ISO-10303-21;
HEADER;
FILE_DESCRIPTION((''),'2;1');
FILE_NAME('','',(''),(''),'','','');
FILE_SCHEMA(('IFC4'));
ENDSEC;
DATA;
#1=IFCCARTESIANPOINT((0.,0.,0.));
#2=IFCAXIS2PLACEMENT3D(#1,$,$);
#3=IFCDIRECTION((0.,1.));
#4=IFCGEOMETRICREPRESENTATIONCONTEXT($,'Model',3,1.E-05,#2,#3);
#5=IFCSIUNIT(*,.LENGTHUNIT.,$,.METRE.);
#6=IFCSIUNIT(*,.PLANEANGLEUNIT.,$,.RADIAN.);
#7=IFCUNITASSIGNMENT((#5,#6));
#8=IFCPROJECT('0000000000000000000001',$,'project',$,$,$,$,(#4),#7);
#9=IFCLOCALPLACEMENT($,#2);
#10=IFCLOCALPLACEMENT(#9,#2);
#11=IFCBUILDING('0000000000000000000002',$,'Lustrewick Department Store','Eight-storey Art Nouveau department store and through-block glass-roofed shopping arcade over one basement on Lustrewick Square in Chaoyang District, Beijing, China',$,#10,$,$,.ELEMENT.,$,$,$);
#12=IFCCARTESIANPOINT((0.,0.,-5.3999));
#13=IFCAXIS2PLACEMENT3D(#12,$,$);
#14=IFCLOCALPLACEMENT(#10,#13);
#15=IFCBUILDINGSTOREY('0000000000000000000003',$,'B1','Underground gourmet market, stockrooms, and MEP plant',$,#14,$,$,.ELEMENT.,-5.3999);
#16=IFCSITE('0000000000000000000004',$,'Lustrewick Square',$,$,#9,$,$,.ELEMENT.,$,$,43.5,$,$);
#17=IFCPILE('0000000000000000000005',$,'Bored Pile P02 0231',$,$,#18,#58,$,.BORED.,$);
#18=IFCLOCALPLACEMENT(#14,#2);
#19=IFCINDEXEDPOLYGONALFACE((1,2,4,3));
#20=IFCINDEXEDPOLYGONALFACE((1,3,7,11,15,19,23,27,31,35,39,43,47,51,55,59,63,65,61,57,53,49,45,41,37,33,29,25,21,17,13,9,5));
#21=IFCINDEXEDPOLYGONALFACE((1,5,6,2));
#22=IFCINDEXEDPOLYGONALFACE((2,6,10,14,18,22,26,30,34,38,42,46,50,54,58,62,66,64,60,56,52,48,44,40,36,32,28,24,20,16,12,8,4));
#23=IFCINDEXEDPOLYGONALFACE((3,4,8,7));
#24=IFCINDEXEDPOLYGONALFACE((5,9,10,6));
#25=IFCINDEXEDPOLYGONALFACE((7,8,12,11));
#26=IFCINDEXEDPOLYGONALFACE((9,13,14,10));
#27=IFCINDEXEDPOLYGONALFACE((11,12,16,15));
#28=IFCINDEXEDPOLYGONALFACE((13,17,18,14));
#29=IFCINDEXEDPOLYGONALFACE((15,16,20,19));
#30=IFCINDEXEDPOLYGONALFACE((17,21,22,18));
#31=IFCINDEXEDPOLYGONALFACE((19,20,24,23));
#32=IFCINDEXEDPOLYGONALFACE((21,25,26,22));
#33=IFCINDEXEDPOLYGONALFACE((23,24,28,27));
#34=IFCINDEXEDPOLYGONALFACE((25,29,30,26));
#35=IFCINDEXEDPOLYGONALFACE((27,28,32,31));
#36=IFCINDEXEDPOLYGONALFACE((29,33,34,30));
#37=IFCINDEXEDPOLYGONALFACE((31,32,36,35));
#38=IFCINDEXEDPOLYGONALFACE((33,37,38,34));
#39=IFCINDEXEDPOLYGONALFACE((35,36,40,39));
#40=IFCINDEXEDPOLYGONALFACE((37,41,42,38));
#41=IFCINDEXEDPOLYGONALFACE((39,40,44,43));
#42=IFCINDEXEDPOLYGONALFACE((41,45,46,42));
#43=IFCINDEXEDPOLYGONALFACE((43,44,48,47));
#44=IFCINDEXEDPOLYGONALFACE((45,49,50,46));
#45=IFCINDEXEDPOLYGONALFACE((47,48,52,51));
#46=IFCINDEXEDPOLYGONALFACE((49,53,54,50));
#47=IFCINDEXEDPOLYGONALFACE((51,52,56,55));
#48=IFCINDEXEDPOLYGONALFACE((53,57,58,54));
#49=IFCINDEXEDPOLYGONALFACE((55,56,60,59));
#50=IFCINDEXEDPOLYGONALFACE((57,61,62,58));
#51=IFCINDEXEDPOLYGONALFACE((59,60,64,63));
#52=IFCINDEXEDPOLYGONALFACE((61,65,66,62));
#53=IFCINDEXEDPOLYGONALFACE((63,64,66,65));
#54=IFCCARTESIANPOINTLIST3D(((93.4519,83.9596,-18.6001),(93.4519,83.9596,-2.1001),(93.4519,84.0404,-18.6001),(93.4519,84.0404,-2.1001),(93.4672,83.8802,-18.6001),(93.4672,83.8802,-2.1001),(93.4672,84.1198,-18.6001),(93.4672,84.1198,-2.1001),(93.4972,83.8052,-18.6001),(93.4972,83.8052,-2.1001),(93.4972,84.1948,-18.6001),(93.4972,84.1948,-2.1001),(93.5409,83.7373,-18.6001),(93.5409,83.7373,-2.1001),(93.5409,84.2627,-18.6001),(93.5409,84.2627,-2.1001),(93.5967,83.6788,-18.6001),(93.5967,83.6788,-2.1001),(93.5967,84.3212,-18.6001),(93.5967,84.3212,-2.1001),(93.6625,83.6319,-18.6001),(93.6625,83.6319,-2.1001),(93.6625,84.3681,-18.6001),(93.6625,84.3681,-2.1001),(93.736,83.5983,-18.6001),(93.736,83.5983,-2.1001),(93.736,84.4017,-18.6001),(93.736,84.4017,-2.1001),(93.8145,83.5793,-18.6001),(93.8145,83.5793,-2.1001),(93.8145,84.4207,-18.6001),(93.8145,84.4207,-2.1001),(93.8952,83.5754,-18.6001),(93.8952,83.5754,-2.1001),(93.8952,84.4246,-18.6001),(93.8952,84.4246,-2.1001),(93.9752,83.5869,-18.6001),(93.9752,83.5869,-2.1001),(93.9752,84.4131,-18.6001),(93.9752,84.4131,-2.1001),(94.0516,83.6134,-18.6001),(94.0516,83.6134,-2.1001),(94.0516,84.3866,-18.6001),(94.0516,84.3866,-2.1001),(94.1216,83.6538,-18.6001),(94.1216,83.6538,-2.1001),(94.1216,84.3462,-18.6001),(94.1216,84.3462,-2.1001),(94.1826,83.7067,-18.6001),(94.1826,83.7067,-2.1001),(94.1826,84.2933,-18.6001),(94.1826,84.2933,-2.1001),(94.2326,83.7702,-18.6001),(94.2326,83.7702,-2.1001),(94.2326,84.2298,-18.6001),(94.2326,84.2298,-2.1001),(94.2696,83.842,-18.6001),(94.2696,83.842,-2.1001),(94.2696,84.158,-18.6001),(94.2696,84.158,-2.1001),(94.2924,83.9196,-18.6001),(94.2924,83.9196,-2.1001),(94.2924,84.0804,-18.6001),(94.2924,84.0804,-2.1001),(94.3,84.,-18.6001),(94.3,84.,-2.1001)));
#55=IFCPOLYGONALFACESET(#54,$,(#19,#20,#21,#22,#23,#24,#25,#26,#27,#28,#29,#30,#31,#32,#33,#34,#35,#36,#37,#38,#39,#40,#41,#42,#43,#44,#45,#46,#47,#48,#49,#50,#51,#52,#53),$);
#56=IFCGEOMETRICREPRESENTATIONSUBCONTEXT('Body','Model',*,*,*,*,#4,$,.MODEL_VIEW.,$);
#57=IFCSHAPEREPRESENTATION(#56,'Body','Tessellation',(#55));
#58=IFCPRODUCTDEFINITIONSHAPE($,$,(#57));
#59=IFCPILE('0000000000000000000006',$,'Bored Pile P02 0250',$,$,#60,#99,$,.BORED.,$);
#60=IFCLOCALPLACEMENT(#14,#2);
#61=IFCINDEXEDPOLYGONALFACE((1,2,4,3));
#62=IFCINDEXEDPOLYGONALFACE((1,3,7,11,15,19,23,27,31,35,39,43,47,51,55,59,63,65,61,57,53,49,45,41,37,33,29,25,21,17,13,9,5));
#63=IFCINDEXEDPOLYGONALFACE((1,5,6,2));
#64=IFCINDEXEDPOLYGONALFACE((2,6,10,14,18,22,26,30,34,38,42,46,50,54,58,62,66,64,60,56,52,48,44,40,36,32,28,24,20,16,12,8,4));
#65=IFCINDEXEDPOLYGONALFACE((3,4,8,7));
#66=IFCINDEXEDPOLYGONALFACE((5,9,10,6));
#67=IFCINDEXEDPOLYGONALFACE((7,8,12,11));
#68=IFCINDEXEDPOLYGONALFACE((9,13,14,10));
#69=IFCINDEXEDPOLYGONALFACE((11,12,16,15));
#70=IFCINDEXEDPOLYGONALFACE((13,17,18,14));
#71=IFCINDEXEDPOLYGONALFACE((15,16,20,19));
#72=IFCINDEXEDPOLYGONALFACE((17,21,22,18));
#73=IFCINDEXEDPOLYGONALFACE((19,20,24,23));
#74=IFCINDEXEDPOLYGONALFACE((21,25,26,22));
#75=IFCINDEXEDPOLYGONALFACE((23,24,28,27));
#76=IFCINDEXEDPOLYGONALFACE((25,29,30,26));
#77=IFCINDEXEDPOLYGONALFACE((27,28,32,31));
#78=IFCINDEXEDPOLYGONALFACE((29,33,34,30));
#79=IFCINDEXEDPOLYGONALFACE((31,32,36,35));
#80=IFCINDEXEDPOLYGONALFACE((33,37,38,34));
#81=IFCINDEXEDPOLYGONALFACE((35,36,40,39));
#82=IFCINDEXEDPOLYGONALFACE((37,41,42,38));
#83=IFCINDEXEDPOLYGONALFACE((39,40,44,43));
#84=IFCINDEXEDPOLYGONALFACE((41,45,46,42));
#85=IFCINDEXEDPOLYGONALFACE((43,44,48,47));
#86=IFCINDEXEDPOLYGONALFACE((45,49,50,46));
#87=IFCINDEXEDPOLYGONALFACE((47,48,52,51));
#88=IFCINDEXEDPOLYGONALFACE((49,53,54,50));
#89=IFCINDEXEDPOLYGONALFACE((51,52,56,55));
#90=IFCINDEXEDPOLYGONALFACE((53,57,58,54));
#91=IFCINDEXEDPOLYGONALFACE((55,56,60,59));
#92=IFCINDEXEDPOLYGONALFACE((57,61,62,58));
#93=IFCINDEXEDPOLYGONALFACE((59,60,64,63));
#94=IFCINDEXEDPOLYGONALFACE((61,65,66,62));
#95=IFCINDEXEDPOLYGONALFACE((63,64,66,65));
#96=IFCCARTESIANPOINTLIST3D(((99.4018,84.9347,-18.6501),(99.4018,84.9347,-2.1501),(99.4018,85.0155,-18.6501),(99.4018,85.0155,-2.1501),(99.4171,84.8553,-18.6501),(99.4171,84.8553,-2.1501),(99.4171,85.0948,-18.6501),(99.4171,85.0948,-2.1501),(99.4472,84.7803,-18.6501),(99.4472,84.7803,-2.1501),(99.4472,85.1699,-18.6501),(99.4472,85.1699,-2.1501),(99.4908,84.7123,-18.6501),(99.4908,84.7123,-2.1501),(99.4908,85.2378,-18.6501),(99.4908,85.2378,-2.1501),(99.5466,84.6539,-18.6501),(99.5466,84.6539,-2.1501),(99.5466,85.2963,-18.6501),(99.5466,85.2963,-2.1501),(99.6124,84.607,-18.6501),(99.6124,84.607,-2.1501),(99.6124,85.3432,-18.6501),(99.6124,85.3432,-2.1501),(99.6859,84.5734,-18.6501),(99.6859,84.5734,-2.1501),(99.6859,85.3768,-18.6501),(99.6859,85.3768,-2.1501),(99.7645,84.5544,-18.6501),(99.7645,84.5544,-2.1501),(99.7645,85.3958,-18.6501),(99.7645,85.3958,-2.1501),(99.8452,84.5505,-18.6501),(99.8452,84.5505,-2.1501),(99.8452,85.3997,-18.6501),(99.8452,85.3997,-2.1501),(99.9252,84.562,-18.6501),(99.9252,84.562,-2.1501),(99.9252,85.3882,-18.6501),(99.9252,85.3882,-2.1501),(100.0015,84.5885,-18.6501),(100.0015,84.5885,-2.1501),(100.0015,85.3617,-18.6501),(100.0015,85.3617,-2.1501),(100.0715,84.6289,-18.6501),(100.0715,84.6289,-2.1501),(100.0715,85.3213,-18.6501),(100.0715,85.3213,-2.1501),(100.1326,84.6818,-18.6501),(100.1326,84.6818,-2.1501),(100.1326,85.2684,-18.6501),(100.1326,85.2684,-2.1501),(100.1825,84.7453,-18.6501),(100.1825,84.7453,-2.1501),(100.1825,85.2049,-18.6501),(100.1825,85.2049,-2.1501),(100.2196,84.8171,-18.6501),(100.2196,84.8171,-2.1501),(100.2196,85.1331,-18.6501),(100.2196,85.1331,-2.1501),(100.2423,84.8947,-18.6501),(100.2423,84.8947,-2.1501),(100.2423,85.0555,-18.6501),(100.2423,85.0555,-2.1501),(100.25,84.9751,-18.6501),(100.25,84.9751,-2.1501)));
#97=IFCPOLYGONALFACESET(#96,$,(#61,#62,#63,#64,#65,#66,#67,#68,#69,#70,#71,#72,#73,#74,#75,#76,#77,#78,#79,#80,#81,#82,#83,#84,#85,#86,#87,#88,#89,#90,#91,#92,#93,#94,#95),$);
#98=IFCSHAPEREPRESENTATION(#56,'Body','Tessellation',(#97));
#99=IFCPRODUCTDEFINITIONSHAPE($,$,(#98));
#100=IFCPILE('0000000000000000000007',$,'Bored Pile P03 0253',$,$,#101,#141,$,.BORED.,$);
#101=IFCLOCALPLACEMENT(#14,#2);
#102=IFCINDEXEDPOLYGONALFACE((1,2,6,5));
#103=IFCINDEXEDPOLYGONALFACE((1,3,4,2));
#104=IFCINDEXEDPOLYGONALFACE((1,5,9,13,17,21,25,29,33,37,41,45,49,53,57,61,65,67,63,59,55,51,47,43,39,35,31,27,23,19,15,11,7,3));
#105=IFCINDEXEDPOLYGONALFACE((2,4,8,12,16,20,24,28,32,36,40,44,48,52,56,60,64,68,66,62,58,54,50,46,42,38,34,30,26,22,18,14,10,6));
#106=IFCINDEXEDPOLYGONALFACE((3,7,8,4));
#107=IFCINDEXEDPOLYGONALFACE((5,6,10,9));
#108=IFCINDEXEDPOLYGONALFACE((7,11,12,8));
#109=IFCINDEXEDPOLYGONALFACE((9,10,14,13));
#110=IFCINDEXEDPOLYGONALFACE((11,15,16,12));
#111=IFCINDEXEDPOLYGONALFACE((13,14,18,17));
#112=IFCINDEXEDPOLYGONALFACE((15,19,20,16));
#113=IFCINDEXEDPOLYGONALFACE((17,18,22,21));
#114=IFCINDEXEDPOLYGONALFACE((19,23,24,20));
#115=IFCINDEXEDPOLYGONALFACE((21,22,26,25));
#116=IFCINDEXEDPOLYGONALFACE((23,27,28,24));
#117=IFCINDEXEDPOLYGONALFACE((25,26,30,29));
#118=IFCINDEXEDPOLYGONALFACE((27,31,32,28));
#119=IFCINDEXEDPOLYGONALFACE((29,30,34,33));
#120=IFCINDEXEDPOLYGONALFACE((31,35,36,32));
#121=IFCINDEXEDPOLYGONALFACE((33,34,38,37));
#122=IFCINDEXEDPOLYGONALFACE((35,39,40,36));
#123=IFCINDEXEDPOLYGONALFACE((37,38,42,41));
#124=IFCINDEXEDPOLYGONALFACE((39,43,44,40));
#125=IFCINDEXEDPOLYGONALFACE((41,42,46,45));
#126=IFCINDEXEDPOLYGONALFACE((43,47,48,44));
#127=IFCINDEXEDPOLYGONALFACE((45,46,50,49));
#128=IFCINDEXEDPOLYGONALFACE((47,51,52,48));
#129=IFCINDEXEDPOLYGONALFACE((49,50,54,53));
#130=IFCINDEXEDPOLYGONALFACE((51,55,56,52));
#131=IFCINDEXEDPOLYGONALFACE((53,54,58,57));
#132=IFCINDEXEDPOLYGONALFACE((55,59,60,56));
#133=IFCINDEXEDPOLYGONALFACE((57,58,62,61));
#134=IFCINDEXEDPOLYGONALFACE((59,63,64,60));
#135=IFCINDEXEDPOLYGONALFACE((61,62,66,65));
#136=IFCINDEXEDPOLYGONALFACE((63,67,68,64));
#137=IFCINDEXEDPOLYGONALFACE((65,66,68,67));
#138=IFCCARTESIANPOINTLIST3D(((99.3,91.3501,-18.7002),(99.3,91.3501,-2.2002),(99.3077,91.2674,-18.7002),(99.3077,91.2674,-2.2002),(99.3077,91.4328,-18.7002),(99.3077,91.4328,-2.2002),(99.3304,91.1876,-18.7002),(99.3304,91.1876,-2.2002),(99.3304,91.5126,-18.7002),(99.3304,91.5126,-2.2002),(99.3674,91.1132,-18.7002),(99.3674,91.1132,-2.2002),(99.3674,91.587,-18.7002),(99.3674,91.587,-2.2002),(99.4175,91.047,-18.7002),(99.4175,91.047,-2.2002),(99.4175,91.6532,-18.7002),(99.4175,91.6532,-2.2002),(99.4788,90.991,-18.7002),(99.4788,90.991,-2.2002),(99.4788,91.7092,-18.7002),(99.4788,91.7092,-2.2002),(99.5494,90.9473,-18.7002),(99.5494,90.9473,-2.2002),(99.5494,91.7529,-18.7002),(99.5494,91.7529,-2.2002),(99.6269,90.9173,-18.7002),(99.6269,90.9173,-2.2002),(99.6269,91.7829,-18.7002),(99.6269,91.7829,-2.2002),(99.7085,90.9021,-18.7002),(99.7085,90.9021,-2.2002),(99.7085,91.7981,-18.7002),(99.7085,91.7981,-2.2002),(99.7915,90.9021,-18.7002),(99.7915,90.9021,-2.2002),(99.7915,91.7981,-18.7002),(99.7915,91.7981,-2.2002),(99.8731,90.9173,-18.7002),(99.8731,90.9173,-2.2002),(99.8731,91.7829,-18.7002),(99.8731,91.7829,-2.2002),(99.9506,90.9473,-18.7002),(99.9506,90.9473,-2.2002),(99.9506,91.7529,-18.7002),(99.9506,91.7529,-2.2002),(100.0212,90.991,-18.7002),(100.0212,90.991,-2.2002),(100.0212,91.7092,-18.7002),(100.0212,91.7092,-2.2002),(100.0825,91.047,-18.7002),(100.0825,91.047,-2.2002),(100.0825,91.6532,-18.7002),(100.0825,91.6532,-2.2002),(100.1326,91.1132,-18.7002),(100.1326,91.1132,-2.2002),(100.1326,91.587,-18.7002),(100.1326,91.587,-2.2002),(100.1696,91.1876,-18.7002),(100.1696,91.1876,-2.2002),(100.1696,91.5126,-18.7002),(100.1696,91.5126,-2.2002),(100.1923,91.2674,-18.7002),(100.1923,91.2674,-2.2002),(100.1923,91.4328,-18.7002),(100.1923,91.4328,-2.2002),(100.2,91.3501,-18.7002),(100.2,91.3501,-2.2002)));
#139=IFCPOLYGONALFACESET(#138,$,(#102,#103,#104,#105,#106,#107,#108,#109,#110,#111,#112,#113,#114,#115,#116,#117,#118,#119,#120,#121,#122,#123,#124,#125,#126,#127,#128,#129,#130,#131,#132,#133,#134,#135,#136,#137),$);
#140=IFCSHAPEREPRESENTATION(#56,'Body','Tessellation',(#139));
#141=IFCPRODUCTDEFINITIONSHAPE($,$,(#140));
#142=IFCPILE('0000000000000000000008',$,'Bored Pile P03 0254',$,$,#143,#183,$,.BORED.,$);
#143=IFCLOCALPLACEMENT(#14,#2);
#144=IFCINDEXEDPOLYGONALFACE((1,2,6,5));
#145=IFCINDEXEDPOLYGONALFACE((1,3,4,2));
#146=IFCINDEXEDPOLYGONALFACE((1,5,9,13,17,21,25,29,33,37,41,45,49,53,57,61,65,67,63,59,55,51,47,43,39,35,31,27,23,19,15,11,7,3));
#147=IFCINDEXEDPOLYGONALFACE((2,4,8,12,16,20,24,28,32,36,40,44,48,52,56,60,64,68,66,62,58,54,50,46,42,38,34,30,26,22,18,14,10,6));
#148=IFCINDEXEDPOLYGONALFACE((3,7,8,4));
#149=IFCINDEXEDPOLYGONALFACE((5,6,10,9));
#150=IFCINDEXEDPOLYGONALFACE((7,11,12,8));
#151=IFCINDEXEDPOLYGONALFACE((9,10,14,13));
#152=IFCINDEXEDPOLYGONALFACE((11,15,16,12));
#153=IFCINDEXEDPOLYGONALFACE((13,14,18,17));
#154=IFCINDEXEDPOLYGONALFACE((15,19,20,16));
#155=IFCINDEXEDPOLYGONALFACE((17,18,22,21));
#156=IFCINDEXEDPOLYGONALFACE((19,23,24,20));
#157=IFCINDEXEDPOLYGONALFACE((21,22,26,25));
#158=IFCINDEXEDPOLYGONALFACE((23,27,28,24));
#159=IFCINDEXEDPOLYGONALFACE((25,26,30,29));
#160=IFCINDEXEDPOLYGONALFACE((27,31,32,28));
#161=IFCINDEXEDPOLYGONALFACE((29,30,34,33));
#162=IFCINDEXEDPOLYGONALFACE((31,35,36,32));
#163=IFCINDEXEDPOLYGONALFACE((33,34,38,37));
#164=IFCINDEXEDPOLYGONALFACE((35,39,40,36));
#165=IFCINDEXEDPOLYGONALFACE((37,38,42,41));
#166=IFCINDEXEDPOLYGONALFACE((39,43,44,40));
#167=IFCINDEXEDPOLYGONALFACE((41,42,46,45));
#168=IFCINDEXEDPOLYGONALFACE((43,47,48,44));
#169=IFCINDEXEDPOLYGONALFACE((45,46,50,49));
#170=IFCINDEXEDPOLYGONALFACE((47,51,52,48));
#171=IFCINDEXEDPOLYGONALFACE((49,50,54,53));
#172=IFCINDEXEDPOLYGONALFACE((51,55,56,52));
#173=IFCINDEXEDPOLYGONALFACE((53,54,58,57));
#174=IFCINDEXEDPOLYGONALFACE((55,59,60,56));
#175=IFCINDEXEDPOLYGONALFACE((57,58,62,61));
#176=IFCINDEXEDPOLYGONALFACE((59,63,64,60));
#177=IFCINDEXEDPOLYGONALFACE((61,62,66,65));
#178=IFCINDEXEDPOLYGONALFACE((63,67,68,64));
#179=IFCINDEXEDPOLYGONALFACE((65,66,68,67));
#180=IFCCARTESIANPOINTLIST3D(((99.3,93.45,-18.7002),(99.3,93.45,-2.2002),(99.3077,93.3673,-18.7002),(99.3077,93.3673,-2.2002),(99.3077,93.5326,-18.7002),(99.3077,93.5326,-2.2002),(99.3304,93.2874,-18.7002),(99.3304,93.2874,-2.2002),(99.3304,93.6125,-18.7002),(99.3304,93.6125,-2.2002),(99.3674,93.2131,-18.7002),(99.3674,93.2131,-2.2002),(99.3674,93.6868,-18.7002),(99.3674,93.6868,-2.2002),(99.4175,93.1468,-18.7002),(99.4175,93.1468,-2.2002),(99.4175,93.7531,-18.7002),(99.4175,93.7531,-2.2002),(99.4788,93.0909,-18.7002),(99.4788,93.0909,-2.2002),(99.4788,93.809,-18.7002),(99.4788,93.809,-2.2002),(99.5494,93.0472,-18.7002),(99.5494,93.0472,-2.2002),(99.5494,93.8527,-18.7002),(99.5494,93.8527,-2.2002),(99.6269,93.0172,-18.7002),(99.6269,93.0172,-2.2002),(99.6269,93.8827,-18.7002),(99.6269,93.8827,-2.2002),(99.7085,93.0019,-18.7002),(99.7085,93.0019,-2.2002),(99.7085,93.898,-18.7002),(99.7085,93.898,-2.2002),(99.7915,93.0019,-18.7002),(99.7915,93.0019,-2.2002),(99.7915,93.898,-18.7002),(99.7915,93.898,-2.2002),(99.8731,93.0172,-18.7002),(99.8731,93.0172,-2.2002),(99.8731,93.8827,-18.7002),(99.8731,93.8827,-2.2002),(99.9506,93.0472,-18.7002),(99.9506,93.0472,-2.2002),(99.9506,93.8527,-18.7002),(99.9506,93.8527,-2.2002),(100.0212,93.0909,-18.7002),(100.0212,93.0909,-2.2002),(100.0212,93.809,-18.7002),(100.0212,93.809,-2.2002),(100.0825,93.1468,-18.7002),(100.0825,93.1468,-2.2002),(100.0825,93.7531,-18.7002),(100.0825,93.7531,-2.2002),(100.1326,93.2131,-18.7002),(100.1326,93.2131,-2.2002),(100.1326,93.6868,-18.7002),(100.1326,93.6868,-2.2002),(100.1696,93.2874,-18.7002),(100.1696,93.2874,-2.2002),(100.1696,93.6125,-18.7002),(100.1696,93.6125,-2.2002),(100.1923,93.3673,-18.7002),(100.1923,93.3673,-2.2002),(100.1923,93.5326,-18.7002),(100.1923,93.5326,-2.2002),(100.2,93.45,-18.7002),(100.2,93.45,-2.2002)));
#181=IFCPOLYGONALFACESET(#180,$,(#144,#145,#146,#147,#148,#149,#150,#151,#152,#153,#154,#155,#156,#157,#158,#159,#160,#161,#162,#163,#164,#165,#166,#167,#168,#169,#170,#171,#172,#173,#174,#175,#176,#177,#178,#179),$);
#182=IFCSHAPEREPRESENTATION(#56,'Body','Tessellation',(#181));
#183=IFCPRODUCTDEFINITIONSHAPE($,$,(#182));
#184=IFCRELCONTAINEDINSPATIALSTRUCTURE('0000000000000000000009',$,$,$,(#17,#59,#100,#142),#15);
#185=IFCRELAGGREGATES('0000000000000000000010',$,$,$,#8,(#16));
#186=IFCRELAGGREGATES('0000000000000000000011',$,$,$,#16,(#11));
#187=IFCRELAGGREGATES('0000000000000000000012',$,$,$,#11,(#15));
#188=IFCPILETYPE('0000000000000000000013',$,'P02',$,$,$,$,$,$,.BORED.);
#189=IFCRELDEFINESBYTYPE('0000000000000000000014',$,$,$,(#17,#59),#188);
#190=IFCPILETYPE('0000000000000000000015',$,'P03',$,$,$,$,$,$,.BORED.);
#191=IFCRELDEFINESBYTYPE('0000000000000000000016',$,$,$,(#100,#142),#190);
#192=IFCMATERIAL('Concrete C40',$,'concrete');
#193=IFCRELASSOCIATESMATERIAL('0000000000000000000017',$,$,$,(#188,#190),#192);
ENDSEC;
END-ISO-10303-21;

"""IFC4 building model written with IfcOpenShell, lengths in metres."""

from ifc_helpers import new_model, si_unit, direction, frame, origin, origin_2d, place, context, subcontext, project, spatial, circle, extrude, material, material_profile, profile_set, type_object, element, save


model = new_model("IFC4")

# Units and contexts
model_context = context("Model", 3, precision=1e-05, world=origin(), true_north=direction((0.0, 1.0)))
body_context = subcontext(model_context, "Body", "Model", "MODEL_VIEW")
ifc_project = project(units=[si_unit("LENGTHUNIT", "METRE"), si_unit("PLANEANGLEUNIT", "RADIAN")], contexts=[model_context])

# Site, building, storey
site_placement = place(None, origin())
site = spatial("IfcSite", under=ifc_project, at=site_placement, Name="Lustrewick Square", CompositionType="ELEMENT", RefElevation=43.5)
building_placement = place(site_placement, origin())
building = spatial("IfcBuilding", under=site, at=building_placement, Name="Lustrewick Department Store", Description="Eight-storey Art Nouveau department store and through-block glass-roofed shopping arcade over one basement on Lustrewick Square in Chaoyang District, Beijing, China", CompositionType="ELEMENT")
storey_placement = place(building_placement, frame((0.0, 0.0, -5.3999)))
storey = spatial("IfcBuildingStorey", under=building, at=storey_placement, Name="B1", Description="Underground gourmet market, stockrooms, and MEP plant", CompositionType="ELEMENT", Elevation=-5.3999)

# Piles
ifc_material_1 = material(Name="Concrete C40", Category="concrete")
ifc_material_profile_1 = material_profile(ifc_material_1, circle(Radius=0.425, at=origin_2d()), Name="PILE D850")
ifc_profile_set_1 = profile_set([ifc_material_profile_1], Name="Concrete C40")
pile_type_1 = type_object("IfcPileType", Name="P02", PredefinedType="BORED", material=ifc_profile_set_1)
for number, where, z_axis, x_axis, name in (
    (1, (93.875, 84.0, -2.1001), (0.0, 0.0, -1.0), (1.0, 0.0, 0.0), "Bored Pile P02 0231"),
    (2, (99.825, 84.9751, -2.1501), (0.0, 0.0, -1.0), (1.0, 0.0, 0.0), "Bored Pile P02 0250"),
):
    element("IfcPile", number, at=place(storey_placement, frame(where, z_axis=z_axis, x_axis=x_axis)), inside=storey, type_object=pile_type_1, Name=name, PredefinedType="BORED", context=body_context, shape_type="SweptSolid", body=[
        extrude(circle(Radius=0.425, at=origin_2d()), origin(), (0.0, 0.0, 1.0), 16.5),
    ])
ifc_material_profile_2 = material_profile(ifc_material_1, circle(Radius=0.45, at=origin_2d()), Name="PILE D900")
ifc_profile_set_2 = profile_set([ifc_material_profile_2], Name="Concrete C40")
pile_type_2 = type_object("IfcPileType", Name="P03", PredefinedType="BORED", material=ifc_profile_set_2)
for number, where, z_axis, x_axis, name in (
    (3, (99.75, 91.3501, -2.2002), (0.0, 0.0, -1.0), (1.0, 0.0, 0.0), "Bored Pile P03 0253"),
    (4, (99.75, 93.45, -2.2002), (0.0, 0.0, -1.0), (1.0, 0.0, 0.0), "Bored Pile P03 0254"),
):
    element("IfcPile", number, at=place(storey_placement, frame(where, z_axis=z_axis, x_axis=x_axis)), inside=storey, type_object=pile_type_2, Name=name, PredefinedType="BORED", context=body_context, shape_type="SweptSolid", body=[
        extrude(circle(Radius=0.45, at=origin_2d()), origin(), (0.0, 0.0, 1.0), 16.5),
    ])

save(model, "model.ifc")
